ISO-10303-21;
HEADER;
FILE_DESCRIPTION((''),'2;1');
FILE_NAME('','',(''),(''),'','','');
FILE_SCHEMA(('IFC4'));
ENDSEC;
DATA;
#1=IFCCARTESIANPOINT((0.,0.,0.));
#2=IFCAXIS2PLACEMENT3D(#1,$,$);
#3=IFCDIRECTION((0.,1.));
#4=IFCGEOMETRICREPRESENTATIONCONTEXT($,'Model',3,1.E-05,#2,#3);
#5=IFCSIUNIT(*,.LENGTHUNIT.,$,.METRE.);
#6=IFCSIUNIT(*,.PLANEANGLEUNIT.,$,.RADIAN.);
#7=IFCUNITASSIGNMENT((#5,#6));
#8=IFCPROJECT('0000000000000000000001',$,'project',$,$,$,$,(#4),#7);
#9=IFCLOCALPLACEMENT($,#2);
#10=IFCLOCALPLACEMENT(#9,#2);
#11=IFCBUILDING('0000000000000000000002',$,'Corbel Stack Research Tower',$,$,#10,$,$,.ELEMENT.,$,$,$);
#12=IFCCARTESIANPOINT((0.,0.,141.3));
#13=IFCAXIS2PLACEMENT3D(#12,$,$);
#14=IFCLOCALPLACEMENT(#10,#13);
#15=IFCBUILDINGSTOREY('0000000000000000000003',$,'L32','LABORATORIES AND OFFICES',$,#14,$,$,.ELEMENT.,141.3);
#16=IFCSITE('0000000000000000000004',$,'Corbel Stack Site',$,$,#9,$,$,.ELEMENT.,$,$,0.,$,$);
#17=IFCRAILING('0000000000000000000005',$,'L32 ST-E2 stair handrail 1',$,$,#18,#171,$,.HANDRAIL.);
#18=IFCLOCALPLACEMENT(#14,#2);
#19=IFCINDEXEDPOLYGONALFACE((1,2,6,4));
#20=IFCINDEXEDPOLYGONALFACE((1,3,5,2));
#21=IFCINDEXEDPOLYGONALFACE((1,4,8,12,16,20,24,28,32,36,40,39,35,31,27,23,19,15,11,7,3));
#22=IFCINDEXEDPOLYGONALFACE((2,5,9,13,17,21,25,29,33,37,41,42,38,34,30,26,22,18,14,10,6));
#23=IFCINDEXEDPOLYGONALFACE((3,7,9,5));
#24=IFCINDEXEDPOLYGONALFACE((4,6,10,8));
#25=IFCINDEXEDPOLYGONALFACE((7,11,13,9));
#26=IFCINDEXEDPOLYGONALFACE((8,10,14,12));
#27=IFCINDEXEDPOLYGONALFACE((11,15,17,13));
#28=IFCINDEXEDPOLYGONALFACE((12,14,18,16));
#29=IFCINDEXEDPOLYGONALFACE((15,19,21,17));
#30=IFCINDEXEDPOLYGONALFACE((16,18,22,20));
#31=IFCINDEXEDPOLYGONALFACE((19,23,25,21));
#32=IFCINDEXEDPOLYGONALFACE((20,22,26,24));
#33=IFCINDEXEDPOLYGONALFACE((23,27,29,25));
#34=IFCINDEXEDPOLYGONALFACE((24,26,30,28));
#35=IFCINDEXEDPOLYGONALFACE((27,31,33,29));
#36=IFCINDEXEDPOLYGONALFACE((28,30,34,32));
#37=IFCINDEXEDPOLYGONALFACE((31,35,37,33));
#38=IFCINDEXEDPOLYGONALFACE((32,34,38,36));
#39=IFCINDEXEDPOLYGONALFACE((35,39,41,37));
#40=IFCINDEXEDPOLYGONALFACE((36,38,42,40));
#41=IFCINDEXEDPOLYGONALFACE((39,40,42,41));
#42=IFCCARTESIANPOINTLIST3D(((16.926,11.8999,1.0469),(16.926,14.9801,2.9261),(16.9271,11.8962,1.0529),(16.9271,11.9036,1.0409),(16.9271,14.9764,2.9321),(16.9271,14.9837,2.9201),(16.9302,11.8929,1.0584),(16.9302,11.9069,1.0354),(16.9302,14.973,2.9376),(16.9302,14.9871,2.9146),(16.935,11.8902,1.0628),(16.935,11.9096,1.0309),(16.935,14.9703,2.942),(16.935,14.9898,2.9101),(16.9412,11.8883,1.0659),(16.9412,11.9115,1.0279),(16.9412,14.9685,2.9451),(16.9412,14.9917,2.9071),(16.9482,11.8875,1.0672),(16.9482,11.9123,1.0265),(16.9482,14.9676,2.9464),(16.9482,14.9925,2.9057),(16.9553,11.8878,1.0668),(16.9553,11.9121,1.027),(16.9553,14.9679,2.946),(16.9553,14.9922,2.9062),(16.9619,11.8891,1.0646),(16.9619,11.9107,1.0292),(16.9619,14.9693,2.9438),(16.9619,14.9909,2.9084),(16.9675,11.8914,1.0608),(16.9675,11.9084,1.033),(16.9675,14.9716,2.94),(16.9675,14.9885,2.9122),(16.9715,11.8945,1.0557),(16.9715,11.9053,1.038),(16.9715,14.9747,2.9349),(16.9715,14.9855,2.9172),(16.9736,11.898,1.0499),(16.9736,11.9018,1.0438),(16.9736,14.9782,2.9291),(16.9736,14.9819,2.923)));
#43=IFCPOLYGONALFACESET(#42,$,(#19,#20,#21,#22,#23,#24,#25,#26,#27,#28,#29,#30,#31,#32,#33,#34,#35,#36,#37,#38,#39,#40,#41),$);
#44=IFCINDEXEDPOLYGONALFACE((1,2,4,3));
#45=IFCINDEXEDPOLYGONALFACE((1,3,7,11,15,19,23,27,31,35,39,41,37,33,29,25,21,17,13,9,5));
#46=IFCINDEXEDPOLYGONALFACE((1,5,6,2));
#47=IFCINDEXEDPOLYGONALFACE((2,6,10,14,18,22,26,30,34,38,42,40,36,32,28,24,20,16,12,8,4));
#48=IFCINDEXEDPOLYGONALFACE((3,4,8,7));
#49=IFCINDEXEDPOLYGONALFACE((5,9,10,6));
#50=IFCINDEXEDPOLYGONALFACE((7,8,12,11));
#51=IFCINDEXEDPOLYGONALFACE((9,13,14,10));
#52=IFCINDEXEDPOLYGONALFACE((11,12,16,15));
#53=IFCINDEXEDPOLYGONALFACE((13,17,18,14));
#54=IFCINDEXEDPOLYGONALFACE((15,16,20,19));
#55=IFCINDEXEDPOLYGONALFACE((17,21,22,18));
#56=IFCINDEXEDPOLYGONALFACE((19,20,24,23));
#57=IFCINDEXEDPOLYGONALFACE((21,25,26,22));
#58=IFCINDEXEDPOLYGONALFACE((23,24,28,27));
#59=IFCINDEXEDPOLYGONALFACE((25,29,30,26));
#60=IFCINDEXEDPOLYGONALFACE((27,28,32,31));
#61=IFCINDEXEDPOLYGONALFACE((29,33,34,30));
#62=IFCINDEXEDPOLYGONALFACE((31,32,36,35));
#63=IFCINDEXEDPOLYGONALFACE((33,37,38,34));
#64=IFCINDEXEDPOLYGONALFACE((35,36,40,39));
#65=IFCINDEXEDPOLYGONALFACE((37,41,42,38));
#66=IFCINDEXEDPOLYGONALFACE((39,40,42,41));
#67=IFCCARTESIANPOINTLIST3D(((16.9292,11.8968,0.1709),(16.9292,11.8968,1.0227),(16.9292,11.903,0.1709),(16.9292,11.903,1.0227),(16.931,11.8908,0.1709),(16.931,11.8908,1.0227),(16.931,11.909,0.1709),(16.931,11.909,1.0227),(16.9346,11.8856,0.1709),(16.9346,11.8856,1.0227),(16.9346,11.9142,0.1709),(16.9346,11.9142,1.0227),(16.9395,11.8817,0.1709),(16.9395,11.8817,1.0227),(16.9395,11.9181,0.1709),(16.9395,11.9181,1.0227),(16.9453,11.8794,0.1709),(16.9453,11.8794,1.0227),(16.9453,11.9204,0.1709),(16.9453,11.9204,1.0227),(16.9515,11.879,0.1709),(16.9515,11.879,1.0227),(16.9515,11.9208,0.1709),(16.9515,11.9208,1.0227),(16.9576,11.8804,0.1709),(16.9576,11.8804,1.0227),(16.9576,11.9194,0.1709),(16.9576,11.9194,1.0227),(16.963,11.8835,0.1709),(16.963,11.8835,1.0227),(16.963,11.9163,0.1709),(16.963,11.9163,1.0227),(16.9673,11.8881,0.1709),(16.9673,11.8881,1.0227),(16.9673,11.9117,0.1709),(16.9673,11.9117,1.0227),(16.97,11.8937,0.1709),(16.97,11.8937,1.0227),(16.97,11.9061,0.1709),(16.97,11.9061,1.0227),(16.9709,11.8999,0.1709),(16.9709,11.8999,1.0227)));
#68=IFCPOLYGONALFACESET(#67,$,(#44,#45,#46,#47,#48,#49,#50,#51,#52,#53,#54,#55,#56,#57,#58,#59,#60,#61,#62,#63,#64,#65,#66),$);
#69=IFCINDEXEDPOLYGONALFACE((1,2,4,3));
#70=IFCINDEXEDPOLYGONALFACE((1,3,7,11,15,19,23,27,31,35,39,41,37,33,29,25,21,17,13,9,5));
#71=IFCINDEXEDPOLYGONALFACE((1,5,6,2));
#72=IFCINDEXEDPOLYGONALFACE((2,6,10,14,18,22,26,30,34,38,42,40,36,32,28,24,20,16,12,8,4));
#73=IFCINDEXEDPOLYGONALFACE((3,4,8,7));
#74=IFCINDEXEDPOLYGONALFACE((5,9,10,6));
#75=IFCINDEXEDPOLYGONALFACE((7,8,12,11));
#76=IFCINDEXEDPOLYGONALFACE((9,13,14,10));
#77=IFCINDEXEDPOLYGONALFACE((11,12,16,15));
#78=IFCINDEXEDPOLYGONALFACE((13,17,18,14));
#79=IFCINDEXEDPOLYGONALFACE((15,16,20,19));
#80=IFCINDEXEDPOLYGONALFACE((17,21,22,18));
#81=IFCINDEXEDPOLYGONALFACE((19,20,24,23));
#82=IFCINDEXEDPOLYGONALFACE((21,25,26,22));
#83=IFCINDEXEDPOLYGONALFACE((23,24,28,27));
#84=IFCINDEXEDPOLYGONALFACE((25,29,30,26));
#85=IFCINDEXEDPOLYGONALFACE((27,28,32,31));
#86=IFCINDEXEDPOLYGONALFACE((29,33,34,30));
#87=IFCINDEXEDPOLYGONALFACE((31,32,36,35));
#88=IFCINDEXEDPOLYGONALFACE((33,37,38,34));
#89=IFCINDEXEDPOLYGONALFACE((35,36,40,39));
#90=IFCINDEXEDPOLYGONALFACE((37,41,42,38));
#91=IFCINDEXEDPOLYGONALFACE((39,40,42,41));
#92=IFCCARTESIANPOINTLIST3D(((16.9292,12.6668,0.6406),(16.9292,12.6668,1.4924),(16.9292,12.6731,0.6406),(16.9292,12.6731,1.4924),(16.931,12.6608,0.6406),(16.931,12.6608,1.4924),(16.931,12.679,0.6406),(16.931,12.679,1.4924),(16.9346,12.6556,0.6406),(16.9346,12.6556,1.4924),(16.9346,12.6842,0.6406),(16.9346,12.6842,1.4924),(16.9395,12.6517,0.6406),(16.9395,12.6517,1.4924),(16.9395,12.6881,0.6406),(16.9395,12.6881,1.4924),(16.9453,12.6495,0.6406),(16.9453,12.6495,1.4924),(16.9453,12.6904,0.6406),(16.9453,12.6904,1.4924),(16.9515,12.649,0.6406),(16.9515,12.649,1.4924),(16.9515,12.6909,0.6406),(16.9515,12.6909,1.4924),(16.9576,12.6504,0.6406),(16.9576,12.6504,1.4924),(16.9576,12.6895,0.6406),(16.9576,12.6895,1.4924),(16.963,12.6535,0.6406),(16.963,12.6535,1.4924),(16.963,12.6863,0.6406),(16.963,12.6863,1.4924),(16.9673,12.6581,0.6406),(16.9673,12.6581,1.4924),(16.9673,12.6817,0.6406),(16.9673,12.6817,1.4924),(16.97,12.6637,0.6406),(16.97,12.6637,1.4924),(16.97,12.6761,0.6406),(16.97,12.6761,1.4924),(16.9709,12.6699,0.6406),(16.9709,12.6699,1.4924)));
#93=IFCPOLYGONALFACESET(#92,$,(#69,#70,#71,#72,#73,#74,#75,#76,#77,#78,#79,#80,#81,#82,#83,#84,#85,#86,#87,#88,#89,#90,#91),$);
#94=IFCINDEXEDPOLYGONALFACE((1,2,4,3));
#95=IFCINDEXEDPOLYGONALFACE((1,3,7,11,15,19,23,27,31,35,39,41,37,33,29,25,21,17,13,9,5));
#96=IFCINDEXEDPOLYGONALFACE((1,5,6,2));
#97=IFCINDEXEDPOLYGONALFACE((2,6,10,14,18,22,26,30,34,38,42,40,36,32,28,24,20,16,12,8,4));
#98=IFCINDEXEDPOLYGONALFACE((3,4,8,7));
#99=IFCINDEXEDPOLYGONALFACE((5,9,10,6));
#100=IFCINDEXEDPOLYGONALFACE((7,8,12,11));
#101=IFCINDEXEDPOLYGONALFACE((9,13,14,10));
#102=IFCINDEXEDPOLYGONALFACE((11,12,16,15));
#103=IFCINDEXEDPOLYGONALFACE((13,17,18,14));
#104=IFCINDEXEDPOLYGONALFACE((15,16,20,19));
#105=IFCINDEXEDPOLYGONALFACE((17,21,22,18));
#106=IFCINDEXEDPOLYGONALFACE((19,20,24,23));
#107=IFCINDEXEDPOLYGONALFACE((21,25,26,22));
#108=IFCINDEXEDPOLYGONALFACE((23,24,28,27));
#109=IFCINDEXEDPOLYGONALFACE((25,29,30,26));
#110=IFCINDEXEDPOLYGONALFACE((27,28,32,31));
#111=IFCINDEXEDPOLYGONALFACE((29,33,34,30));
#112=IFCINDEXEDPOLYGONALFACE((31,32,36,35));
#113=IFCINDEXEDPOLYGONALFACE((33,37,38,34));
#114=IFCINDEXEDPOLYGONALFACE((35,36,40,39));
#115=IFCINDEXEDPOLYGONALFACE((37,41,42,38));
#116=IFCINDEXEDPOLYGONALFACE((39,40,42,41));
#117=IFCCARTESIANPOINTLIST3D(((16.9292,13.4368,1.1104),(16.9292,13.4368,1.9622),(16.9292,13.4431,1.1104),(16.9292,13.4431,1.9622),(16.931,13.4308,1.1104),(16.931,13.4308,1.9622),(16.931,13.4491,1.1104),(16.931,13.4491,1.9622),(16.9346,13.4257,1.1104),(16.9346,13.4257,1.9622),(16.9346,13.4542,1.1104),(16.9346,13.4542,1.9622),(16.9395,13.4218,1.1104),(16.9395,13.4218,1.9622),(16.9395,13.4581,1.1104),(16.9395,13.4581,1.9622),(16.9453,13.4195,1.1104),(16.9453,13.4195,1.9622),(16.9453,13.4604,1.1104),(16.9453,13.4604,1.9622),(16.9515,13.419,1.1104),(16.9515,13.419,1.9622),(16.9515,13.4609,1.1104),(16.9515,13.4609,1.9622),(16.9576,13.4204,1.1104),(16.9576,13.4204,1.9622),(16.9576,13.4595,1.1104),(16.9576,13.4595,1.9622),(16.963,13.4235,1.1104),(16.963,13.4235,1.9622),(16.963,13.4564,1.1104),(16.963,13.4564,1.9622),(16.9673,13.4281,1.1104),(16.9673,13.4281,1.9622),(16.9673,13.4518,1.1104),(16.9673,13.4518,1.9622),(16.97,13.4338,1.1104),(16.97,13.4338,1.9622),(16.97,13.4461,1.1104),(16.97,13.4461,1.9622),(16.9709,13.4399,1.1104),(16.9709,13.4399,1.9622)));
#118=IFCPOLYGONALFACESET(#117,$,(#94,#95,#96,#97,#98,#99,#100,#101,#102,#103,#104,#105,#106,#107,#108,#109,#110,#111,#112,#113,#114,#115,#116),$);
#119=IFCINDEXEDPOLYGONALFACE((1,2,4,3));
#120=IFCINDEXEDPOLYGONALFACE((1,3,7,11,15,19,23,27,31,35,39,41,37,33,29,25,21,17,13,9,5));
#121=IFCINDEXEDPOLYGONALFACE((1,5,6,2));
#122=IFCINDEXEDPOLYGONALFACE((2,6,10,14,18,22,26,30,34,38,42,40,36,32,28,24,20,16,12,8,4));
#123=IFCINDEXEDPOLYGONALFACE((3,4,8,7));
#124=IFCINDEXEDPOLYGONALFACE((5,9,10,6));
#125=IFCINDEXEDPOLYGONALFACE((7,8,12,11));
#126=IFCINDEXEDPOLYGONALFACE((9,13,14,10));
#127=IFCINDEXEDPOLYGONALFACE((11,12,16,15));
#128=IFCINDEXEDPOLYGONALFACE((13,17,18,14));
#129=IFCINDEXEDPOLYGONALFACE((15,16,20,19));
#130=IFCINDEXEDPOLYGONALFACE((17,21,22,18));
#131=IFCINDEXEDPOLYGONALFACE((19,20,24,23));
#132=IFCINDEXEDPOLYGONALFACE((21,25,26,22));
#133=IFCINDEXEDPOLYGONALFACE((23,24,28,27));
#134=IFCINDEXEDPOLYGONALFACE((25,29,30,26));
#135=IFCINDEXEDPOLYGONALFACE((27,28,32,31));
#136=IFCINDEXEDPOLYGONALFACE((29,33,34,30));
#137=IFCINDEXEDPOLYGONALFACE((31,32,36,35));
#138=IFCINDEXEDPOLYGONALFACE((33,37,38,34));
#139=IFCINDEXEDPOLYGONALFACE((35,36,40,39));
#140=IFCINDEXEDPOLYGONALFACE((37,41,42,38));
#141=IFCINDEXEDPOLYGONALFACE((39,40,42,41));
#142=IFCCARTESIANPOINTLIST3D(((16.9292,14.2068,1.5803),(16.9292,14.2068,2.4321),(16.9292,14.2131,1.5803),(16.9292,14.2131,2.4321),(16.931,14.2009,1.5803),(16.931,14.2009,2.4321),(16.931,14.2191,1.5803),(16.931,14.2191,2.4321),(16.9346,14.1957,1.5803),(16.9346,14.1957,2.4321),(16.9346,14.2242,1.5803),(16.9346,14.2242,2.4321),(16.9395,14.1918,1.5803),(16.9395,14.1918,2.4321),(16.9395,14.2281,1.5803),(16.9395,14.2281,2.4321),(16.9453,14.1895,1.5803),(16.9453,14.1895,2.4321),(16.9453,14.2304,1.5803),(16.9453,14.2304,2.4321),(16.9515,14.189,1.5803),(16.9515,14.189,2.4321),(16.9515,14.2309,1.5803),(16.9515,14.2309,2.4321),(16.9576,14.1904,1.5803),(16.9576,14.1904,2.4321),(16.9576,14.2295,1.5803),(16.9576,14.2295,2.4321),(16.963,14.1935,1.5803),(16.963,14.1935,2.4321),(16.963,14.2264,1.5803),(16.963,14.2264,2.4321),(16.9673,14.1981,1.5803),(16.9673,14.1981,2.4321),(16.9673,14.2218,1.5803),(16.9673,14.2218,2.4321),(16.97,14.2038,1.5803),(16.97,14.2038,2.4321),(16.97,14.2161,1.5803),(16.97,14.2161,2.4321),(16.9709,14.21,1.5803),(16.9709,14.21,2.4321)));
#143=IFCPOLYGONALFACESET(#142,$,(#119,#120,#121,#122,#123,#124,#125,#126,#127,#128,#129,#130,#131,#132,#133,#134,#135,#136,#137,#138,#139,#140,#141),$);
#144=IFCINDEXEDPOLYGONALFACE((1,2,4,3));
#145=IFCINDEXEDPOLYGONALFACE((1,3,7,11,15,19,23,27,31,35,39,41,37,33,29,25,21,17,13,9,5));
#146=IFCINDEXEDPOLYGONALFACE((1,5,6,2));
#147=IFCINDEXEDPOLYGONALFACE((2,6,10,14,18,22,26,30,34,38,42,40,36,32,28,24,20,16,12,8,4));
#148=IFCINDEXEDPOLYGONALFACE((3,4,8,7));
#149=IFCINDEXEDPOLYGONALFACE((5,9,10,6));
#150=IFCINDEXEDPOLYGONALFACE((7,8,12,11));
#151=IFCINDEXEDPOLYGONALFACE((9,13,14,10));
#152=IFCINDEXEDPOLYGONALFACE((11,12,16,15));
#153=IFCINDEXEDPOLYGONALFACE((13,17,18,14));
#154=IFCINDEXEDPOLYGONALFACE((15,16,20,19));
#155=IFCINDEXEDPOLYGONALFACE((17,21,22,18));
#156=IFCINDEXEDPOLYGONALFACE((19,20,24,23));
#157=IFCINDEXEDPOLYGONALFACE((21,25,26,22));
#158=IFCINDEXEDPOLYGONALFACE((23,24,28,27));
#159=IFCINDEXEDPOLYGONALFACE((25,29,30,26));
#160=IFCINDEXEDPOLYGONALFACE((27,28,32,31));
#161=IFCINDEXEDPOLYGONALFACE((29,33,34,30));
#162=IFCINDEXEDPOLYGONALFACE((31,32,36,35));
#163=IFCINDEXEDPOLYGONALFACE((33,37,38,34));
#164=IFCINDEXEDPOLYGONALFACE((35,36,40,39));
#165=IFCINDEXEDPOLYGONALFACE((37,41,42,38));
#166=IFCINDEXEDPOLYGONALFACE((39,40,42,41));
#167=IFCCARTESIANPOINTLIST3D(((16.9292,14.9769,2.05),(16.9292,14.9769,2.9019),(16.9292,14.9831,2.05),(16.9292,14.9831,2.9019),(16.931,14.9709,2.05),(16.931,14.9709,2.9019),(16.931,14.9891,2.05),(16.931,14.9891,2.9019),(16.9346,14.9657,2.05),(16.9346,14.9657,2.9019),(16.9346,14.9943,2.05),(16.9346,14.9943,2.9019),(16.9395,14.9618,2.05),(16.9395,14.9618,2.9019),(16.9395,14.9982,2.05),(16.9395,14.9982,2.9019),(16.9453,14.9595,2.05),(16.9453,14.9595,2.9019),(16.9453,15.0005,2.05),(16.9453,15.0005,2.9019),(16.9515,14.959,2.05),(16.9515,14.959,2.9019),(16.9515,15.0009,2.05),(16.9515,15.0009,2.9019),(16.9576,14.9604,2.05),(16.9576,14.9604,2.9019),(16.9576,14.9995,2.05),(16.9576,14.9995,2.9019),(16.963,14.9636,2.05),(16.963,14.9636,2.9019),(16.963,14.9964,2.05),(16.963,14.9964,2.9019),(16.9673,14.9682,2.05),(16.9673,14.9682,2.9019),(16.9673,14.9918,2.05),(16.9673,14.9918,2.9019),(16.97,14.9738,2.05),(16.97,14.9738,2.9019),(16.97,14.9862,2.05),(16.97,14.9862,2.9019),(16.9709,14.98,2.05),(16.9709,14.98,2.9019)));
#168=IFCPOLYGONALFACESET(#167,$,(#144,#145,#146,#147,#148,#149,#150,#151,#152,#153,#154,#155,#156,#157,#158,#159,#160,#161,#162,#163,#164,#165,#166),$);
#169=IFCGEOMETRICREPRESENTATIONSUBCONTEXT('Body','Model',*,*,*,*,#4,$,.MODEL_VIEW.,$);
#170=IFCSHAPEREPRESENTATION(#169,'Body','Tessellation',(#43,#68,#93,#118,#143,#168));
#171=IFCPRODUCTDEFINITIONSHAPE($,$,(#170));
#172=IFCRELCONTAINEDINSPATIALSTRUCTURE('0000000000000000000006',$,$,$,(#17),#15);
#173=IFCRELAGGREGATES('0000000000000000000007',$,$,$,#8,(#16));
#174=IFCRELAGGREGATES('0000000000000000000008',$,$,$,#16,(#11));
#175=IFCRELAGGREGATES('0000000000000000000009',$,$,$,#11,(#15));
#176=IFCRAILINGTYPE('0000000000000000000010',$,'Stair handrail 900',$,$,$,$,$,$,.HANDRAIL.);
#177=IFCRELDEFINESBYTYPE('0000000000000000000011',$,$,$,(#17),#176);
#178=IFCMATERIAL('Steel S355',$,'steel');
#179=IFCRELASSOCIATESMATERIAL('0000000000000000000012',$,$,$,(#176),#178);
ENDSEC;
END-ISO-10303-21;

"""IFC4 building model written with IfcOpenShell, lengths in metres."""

from ifc_helpers import new_model, si_unit, direction, frame, origin, origin_2d, place, context, subcontext, project, spatial, circle, extrude, material, type_object, element, save


model = new_model("IFC4")

# Units and contexts
model_context = context("Model", 3, precision=1e-05, world=origin(), true_north=direction((0.0, 1.0)))
body_context = subcontext(model_context, "Body", "Model", "MODEL_VIEW")
ifc_project = project(units=[si_unit("LENGTHUNIT", "METRE"), si_unit("PLANEANGLEUNIT", "RADIAN")], contexts=[model_context])

# Site, building, storey
site_placement = place(None, origin())
site = spatial("IfcSite", under=ifc_project, at=site_placement, Name="Corbel Stack Site", CompositionType="ELEMENT", RefElevation=0.0)
building_placement = place(site_placement, origin())
building = spatial("IfcBuilding", under=site, at=building_placement, Name="Corbel Stack Research Tower", CompositionType="ELEMENT")
storey_placement = place(building_placement, frame((0.0, 0.0, 141.3)))
storey = spatial("IfcBuildingStorey", under=building, at=storey_placement, Name="L32", Description="LABORATORIES AND OFFICES", CompositionType="ELEMENT", Elevation=141.3)

# Railing
ifc_material_1 = material(Name="Steel S355", Category="steel")
railing_type_1 = type_object("IfcRailingType", Name="Stair handrail 900", PredefinedType="HANDRAIL", material=ifc_material_1)
railing_1_placement = place(storey_placement, frame((16.95, 11.8999, 0.1709)))
element("IfcRailing", 1, at=railing_1_placement, inside=storey, type_object=railing_type_1, Name="L32 ST-E2 stair handrail 1", PredefinedType="HANDRAIL", context=body_context, shape_type="SweptSolid", body=[
    extrude(circle(Radius=0.0239, at=origin_2d()), frame((0.0, 0.0, 0.876), z_axis=(0.0, 0.853666, 0.52082), x_axis=(-1.0, 0.0, 0.0)), (0.0, 0.0, 1.0), 3.6082),
    extrude(circle(Radius=0.021, at=origin_2d()), origin(), (0.0, 0.0, 1.0), 0.8518),
    extrude(circle(Radius=0.021, at=origin_2d()), frame((0.0, 0.77, 0.4697)), (0.0, 0.0, 1.0), 0.8518),
    extrude(circle(Radius=0.021, at=origin_2d()), frame((0.0, 1.54, 0.9395)), (0.0, 0.0, 1.0), 0.8518),
    extrude(circle(Radius=0.021, at=origin_2d()), frame((0.0, 2.3101, 1.4094)), (0.0, 0.0, 1.0), 0.8518),
    extrude(circle(Radius=0.021, at=origin_2d()), frame((0.0, 3.0801, 1.8792)), (0.0, 0.0, 1.0), 0.8518),
])

save(model, "model.ifc")
